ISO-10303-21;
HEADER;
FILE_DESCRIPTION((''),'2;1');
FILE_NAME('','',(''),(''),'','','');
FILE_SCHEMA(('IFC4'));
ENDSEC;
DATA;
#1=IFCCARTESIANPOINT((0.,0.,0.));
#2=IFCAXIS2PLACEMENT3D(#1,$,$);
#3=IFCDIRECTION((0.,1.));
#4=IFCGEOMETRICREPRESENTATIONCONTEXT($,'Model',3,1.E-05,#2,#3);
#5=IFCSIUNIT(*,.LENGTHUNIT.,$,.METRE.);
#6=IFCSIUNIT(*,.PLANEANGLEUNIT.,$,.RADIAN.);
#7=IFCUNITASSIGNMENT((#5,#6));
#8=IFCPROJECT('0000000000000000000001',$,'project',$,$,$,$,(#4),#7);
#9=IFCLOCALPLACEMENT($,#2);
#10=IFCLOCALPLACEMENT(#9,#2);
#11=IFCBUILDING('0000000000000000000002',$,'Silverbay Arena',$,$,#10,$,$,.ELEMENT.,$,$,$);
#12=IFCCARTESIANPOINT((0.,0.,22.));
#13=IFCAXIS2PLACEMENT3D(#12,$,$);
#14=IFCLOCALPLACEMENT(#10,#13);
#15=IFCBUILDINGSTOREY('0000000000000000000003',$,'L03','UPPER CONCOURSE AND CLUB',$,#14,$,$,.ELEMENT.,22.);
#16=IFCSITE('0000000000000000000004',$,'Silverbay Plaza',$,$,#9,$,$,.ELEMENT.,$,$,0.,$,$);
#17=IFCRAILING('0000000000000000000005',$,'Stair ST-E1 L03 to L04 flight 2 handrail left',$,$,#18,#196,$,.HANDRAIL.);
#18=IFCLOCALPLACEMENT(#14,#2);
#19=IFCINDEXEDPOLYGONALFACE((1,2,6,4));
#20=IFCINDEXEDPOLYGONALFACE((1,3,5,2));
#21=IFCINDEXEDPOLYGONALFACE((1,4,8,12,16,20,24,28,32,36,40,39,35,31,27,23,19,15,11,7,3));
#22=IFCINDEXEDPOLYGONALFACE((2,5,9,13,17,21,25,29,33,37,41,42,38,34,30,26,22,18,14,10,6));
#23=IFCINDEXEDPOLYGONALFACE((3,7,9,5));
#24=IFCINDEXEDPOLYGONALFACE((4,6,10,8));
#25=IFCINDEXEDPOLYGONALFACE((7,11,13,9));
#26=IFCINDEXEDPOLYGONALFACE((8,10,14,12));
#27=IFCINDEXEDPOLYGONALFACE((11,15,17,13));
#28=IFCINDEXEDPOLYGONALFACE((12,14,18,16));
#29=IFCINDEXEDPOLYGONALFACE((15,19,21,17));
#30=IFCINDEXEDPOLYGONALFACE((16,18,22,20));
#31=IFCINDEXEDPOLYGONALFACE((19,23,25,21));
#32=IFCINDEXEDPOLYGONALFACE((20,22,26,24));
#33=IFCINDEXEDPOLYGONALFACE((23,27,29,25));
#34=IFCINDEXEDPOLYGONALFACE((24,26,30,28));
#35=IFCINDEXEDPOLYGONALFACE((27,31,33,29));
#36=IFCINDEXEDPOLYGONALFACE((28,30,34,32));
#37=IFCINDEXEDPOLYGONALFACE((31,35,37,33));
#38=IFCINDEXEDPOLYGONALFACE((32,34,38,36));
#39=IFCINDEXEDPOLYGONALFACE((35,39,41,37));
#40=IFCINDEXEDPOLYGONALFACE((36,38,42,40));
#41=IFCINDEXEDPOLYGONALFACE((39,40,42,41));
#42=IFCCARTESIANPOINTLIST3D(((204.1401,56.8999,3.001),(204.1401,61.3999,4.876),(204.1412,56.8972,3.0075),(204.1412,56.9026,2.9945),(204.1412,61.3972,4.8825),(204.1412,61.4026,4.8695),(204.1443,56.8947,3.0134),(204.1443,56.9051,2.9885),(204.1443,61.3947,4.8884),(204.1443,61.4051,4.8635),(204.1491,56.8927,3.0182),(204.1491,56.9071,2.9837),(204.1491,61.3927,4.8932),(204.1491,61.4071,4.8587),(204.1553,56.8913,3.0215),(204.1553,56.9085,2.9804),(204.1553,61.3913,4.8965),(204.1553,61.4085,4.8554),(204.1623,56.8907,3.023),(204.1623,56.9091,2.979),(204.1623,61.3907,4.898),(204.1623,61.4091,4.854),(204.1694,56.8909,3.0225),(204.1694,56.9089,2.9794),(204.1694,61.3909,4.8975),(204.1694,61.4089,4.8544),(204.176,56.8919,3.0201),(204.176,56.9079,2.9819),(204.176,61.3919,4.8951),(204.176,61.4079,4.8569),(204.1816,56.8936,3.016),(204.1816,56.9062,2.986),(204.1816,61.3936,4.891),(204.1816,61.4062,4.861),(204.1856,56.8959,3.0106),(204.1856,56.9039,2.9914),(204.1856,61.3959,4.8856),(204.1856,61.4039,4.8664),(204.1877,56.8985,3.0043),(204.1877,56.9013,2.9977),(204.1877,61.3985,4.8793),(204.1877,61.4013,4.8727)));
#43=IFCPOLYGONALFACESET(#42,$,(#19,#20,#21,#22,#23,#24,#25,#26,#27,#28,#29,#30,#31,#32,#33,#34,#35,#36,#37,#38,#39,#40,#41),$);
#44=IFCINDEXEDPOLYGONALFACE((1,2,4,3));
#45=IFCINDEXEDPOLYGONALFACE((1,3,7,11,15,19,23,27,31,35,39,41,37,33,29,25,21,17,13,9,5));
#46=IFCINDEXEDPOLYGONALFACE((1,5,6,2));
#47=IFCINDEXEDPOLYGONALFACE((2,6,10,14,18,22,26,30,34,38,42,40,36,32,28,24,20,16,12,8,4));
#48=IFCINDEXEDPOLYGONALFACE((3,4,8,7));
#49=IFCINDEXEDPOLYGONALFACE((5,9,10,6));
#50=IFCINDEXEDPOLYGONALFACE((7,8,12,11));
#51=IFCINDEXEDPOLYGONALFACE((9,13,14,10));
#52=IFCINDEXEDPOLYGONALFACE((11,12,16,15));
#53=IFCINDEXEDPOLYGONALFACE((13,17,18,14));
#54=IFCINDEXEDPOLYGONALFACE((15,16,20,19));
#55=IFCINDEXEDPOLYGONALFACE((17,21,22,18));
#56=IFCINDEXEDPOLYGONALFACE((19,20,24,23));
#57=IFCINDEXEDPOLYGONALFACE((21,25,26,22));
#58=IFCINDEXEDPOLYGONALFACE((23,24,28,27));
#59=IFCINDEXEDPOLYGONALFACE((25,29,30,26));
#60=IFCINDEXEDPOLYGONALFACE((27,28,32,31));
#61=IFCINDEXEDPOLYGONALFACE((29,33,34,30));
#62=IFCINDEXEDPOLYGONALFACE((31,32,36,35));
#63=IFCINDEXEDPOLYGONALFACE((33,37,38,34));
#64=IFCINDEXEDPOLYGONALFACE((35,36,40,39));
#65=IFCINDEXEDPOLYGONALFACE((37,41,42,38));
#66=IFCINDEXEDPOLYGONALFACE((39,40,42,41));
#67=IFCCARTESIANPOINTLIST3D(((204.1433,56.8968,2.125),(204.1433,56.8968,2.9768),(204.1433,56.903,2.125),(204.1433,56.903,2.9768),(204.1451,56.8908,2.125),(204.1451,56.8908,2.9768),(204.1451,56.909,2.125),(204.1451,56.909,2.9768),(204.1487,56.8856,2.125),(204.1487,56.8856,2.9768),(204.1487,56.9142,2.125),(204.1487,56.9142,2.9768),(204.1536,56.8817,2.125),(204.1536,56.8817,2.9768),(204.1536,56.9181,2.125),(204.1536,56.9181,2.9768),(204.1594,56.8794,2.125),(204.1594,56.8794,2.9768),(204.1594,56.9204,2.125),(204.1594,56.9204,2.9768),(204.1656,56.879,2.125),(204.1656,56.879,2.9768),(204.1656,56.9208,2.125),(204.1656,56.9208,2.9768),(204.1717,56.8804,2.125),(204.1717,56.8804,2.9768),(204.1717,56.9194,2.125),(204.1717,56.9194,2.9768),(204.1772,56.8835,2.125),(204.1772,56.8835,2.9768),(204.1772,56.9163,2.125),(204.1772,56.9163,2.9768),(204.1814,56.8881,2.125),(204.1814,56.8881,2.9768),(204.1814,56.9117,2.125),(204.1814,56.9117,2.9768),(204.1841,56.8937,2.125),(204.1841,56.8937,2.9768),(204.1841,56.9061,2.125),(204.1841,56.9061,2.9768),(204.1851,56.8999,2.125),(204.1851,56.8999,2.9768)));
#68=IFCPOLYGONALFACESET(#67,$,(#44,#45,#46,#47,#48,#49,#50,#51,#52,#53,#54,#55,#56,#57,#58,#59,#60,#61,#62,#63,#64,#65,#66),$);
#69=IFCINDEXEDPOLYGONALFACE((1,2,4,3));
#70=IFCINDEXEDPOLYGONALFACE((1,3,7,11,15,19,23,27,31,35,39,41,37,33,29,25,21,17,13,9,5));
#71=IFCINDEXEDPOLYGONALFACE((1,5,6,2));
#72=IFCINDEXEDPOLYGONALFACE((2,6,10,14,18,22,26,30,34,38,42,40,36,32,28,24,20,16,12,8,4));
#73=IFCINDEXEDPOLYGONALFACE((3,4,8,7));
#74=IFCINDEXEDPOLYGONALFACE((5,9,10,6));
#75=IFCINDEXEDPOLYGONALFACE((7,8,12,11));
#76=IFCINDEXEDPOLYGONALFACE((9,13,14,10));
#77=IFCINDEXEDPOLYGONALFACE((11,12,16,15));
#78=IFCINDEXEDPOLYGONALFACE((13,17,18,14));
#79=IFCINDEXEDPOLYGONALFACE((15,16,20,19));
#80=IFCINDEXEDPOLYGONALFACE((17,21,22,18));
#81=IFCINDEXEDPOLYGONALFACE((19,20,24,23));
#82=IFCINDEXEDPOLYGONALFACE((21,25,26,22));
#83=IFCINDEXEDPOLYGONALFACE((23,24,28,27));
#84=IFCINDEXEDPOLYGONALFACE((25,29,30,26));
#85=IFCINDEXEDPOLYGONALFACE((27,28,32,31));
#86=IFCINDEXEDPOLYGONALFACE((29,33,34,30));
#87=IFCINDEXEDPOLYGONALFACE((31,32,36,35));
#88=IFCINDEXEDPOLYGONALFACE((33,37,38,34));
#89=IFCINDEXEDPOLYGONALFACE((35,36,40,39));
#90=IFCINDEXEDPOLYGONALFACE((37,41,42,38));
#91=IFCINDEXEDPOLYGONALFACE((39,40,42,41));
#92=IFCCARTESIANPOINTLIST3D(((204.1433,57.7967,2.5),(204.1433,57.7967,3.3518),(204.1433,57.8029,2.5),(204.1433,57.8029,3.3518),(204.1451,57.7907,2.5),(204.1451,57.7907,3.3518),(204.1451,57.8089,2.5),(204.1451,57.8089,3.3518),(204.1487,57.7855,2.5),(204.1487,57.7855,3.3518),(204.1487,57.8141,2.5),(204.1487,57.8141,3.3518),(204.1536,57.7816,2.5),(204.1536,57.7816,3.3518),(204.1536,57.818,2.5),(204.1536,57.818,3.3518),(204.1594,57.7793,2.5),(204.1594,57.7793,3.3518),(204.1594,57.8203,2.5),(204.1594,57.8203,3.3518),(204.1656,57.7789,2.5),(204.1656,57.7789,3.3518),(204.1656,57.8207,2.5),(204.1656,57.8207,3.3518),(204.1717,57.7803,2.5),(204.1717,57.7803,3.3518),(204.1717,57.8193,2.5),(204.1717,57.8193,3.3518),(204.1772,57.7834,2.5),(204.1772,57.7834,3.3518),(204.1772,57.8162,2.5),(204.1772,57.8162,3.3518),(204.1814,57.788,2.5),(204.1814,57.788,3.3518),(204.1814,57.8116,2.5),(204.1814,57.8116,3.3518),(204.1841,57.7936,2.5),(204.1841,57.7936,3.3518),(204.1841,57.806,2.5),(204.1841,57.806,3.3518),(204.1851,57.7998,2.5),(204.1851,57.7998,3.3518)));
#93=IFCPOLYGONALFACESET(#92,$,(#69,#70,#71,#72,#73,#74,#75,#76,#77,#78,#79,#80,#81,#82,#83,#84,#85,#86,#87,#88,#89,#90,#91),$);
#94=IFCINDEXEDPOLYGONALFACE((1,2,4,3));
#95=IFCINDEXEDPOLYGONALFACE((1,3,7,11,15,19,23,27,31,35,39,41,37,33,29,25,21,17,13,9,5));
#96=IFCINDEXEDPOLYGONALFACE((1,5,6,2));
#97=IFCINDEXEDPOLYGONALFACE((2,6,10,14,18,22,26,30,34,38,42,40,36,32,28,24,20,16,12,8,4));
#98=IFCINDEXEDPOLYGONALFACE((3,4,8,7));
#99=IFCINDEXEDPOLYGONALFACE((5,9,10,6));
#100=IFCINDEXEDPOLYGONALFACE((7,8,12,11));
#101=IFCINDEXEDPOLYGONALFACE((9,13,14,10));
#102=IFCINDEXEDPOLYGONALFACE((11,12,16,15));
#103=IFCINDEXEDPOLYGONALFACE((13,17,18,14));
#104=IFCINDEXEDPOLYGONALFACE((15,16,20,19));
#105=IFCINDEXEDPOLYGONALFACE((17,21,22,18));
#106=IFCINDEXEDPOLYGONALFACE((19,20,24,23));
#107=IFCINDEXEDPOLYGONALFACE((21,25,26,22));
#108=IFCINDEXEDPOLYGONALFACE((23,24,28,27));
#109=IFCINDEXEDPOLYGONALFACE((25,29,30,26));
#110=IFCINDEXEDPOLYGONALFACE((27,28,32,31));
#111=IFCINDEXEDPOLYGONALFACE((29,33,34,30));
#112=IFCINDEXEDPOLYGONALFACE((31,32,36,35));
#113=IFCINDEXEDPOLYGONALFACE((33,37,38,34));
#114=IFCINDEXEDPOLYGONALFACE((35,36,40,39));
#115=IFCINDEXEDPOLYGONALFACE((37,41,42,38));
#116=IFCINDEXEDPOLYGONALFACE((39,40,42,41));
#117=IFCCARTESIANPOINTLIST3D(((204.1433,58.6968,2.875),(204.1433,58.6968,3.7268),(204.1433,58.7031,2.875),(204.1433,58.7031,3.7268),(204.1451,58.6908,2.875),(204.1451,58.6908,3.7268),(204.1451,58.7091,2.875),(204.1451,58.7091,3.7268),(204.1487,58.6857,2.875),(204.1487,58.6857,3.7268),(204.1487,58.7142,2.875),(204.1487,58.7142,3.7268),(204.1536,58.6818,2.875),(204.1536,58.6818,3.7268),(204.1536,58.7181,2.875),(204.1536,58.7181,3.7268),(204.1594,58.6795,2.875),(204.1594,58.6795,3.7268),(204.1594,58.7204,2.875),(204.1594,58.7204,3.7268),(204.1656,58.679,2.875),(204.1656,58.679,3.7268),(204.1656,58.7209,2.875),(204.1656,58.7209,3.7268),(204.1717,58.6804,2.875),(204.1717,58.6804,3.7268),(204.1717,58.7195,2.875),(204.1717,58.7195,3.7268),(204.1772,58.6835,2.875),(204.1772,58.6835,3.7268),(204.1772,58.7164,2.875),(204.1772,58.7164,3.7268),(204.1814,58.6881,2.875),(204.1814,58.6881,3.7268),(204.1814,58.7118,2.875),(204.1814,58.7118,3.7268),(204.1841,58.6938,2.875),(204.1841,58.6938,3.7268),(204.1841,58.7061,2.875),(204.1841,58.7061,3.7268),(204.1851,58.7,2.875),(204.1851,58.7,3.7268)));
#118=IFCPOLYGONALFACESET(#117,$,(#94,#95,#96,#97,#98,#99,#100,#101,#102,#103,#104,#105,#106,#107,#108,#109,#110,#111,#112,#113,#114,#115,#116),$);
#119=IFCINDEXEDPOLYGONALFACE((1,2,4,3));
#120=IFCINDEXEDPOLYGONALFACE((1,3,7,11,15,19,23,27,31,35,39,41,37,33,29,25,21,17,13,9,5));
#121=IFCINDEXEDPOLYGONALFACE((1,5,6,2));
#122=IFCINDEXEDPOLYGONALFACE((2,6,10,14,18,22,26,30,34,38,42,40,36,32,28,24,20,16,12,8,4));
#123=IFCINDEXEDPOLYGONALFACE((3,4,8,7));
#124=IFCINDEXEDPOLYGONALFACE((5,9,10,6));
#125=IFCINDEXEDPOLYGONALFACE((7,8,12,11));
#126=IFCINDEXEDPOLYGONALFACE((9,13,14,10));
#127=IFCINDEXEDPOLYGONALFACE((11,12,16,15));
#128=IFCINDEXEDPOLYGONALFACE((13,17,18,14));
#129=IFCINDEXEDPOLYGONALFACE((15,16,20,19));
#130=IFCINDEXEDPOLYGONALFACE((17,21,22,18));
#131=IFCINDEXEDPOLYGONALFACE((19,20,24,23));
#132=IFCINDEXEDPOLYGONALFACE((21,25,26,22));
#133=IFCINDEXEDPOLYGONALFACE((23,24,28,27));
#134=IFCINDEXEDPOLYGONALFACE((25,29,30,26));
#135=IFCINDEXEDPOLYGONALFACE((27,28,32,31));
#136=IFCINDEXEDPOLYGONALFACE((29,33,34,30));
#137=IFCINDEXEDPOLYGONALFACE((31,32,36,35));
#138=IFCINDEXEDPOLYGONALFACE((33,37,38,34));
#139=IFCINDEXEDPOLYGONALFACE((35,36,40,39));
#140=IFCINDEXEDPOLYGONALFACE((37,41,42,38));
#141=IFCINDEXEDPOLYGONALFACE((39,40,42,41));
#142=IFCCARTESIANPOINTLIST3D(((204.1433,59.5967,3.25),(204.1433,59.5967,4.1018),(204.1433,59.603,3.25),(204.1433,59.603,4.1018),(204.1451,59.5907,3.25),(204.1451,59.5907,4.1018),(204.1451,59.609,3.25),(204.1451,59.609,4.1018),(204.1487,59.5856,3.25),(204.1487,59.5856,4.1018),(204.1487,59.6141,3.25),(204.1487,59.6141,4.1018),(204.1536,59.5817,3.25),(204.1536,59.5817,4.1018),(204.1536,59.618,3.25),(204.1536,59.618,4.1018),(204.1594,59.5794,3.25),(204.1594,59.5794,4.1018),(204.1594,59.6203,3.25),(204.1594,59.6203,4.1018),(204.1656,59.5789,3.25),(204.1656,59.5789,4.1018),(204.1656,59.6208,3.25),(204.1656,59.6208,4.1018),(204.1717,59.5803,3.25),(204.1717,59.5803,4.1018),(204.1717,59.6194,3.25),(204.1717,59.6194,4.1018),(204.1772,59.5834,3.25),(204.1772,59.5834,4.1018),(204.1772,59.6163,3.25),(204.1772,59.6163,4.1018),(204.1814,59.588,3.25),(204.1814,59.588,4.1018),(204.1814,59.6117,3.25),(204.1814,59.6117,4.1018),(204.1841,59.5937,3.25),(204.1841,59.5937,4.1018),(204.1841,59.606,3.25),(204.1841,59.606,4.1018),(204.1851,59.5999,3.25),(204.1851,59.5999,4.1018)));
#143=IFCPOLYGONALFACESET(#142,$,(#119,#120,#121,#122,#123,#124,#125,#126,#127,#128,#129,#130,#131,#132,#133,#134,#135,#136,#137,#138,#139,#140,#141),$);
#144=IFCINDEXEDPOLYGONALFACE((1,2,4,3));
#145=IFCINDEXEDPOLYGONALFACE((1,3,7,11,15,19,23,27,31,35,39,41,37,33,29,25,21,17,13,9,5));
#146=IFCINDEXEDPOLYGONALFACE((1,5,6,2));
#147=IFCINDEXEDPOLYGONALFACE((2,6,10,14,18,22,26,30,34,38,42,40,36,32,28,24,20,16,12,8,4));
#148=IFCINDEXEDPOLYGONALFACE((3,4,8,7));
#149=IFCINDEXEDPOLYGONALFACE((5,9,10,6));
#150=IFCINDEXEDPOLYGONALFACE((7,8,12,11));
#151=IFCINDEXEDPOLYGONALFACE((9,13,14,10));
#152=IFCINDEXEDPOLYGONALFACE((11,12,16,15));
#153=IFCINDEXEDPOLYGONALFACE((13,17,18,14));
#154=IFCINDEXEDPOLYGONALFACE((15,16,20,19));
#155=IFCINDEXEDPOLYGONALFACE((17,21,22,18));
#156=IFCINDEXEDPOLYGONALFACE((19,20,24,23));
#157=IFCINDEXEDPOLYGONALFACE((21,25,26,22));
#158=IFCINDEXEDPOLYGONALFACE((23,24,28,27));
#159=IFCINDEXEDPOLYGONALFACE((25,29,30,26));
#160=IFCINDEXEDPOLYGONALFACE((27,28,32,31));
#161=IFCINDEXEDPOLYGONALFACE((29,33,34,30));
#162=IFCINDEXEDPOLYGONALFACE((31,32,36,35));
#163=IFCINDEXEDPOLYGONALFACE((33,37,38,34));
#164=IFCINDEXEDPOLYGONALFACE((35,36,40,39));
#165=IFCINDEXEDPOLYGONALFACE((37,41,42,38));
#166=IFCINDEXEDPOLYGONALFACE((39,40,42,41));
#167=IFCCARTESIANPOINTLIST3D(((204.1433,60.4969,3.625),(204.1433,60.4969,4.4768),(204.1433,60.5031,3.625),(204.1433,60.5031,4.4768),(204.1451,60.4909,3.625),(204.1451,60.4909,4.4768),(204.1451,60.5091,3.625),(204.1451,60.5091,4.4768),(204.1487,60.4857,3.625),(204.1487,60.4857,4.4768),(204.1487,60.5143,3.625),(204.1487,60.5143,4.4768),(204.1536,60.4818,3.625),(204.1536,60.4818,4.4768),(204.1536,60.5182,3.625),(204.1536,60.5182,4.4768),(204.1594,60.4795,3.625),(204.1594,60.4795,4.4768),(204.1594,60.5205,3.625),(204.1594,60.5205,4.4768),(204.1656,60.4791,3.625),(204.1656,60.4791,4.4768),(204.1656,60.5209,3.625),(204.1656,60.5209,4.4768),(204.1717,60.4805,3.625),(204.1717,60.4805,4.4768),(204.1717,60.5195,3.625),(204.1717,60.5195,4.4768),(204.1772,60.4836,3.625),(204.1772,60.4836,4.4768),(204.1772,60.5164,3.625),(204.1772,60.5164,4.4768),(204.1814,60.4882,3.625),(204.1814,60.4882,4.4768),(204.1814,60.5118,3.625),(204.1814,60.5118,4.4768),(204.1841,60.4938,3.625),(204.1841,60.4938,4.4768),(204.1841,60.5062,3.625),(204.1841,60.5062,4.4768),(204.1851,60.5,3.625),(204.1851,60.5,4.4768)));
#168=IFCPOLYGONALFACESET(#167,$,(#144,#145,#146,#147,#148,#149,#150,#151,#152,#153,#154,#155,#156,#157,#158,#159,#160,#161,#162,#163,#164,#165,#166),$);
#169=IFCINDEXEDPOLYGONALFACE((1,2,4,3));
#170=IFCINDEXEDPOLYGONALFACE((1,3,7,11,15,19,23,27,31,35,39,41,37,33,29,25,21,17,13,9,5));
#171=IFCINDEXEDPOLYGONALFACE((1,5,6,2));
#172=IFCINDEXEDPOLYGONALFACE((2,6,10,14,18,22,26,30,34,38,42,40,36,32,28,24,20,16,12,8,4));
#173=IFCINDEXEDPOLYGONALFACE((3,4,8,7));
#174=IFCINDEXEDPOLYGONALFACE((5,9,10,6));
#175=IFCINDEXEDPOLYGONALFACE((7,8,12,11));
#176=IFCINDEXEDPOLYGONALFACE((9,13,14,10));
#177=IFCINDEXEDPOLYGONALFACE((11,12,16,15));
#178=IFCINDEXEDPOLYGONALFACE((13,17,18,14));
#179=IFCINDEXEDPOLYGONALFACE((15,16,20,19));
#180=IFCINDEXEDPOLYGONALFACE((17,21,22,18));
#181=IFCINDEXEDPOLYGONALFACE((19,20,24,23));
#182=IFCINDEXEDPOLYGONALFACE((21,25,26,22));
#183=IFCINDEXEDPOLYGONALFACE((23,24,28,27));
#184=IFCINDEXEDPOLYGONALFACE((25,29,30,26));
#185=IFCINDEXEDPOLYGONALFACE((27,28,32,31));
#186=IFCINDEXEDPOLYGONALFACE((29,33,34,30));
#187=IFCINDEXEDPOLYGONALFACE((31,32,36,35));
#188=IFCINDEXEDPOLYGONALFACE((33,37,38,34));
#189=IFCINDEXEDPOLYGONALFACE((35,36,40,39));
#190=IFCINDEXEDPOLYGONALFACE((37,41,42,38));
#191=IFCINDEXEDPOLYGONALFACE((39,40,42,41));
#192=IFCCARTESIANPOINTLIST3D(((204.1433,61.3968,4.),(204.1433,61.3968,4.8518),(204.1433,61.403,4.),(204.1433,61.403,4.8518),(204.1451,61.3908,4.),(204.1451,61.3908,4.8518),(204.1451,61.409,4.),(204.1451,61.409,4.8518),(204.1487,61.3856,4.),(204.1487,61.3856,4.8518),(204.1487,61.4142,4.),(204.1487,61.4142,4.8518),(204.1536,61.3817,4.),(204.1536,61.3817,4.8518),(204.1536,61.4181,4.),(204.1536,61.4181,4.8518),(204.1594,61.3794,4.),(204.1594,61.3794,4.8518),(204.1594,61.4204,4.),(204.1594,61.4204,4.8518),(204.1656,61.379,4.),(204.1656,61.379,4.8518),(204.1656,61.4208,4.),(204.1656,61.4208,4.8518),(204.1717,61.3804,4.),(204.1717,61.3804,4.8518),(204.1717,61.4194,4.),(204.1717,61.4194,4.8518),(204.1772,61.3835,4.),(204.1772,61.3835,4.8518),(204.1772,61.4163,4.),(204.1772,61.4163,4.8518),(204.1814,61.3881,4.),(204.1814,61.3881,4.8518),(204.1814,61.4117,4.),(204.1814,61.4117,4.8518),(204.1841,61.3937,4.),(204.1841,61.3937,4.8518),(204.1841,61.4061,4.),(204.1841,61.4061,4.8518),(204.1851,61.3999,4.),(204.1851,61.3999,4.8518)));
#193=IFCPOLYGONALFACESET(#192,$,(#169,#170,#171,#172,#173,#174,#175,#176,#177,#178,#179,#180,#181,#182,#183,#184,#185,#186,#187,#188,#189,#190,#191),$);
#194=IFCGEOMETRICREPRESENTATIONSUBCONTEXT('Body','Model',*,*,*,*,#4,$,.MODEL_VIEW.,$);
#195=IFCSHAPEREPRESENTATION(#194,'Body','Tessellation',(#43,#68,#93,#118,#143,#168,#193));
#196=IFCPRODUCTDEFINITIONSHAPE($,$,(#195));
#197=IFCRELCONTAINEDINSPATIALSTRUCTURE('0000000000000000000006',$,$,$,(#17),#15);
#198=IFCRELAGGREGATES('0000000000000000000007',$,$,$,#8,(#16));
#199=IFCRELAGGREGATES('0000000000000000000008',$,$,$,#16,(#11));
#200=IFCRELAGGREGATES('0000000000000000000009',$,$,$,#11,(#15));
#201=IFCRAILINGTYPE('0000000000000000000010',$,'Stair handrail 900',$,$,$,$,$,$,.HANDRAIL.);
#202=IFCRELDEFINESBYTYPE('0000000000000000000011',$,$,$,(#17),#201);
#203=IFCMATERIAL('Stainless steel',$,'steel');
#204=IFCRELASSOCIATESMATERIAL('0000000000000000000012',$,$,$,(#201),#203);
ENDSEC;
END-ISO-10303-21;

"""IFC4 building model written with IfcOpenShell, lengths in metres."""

from ifc_helpers import new_model, si_unit, direction, frame, origin, origin_2d, place, context, subcontext, project, spatial, circle, extrude, material, type_object, element, save


model = new_model("IFC4")

# Units and contexts
model_context = context("Model", 3, precision=1e-05, world=origin(), true_north=direction((0.0, 1.0)))
body_context = subcontext(model_context, "Body", "Model", "MODEL_VIEW")
ifc_project = project(units=[si_unit("LENGTHUNIT", "METRE"), si_unit("PLANEANGLEUNIT", "RADIAN")], contexts=[model_context])

# Site, building, storey
site_placement = place(None, origin())
site = spatial("IfcSite", under=ifc_project, at=site_placement, Name="Silverbay Plaza", CompositionType="ELEMENT", RefElevation=0.0)
building_placement = place(site_placement, origin())
building = spatial("IfcBuilding", under=site, at=building_placement, Name="Silverbay Arena", CompositionType="ELEMENT")
storey_placement = place(building_placement, frame((0.0, 0.0, 22.0)))
storey = spatial("IfcBuildingStorey", under=building, at=storey_placement, Name="L03", Description="UPPER CONCOURSE AND CLUB", CompositionType="ELEMENT", Elevation=22.0)

# Railing
ifc_material_1 = material(Name="Stainless steel", Category="steel")
railing_type_1 = type_object("IfcRailingType", Name="Stair handrail 900", PredefinedType="HANDRAIL", material=ifc_material_1)
railing_1_placement = place(storey_placement, frame((204.1641, 56.8999, 2.125)))
element("IfcRailing", 1, at=railing_1_placement, inside=storey, type_object=railing_type_1, Name="Stair ST-E1 L03 to L04 flight 2 handrail left", PredefinedType="HANDRAIL", context=body_context, shape_type="SweptSolid", body=[
    extrude(circle(Radius=0.0239, at=origin_2d()), frame((0.0, 0.0, 0.876), z_axis=(0.0, 0.923077, 0.384615), x_axis=(-1.0, 0.0, 0.0)), (0.0, 0.0, 1.0), 4.875),
    extrude(circle(Radius=0.021, at=origin_2d()), origin(), (0.0, 0.0, 1.0), 0.8518),
    extrude(circle(Radius=0.021, at=origin_2d()), frame((0.0, 0.8999, 0.375)), (0.0, 0.0, 1.0), 0.8518),
    extrude(circle(Radius=0.021, at=origin_2d()), frame((0.0, 1.8, 0.75)), (0.0, 0.0, 1.0), 0.8518),
    extrude(circle(Radius=0.021, at=origin_2d()), frame((0.0, 2.7, 1.125)), (0.0, 0.0, 1.0), 0.8518),
    extrude(circle(Radius=0.021, at=origin_2d()), frame((0.0, 3.6001, 1.5)), (0.0, 0.0, 1.0), 0.8518),
    extrude(circle(Radius=0.021, at=origin_2d()), frame((0.0, 4.5, 1.875)), (0.0, 0.0, 1.0), 0.8518),
])

save(model, "model.ifc")
